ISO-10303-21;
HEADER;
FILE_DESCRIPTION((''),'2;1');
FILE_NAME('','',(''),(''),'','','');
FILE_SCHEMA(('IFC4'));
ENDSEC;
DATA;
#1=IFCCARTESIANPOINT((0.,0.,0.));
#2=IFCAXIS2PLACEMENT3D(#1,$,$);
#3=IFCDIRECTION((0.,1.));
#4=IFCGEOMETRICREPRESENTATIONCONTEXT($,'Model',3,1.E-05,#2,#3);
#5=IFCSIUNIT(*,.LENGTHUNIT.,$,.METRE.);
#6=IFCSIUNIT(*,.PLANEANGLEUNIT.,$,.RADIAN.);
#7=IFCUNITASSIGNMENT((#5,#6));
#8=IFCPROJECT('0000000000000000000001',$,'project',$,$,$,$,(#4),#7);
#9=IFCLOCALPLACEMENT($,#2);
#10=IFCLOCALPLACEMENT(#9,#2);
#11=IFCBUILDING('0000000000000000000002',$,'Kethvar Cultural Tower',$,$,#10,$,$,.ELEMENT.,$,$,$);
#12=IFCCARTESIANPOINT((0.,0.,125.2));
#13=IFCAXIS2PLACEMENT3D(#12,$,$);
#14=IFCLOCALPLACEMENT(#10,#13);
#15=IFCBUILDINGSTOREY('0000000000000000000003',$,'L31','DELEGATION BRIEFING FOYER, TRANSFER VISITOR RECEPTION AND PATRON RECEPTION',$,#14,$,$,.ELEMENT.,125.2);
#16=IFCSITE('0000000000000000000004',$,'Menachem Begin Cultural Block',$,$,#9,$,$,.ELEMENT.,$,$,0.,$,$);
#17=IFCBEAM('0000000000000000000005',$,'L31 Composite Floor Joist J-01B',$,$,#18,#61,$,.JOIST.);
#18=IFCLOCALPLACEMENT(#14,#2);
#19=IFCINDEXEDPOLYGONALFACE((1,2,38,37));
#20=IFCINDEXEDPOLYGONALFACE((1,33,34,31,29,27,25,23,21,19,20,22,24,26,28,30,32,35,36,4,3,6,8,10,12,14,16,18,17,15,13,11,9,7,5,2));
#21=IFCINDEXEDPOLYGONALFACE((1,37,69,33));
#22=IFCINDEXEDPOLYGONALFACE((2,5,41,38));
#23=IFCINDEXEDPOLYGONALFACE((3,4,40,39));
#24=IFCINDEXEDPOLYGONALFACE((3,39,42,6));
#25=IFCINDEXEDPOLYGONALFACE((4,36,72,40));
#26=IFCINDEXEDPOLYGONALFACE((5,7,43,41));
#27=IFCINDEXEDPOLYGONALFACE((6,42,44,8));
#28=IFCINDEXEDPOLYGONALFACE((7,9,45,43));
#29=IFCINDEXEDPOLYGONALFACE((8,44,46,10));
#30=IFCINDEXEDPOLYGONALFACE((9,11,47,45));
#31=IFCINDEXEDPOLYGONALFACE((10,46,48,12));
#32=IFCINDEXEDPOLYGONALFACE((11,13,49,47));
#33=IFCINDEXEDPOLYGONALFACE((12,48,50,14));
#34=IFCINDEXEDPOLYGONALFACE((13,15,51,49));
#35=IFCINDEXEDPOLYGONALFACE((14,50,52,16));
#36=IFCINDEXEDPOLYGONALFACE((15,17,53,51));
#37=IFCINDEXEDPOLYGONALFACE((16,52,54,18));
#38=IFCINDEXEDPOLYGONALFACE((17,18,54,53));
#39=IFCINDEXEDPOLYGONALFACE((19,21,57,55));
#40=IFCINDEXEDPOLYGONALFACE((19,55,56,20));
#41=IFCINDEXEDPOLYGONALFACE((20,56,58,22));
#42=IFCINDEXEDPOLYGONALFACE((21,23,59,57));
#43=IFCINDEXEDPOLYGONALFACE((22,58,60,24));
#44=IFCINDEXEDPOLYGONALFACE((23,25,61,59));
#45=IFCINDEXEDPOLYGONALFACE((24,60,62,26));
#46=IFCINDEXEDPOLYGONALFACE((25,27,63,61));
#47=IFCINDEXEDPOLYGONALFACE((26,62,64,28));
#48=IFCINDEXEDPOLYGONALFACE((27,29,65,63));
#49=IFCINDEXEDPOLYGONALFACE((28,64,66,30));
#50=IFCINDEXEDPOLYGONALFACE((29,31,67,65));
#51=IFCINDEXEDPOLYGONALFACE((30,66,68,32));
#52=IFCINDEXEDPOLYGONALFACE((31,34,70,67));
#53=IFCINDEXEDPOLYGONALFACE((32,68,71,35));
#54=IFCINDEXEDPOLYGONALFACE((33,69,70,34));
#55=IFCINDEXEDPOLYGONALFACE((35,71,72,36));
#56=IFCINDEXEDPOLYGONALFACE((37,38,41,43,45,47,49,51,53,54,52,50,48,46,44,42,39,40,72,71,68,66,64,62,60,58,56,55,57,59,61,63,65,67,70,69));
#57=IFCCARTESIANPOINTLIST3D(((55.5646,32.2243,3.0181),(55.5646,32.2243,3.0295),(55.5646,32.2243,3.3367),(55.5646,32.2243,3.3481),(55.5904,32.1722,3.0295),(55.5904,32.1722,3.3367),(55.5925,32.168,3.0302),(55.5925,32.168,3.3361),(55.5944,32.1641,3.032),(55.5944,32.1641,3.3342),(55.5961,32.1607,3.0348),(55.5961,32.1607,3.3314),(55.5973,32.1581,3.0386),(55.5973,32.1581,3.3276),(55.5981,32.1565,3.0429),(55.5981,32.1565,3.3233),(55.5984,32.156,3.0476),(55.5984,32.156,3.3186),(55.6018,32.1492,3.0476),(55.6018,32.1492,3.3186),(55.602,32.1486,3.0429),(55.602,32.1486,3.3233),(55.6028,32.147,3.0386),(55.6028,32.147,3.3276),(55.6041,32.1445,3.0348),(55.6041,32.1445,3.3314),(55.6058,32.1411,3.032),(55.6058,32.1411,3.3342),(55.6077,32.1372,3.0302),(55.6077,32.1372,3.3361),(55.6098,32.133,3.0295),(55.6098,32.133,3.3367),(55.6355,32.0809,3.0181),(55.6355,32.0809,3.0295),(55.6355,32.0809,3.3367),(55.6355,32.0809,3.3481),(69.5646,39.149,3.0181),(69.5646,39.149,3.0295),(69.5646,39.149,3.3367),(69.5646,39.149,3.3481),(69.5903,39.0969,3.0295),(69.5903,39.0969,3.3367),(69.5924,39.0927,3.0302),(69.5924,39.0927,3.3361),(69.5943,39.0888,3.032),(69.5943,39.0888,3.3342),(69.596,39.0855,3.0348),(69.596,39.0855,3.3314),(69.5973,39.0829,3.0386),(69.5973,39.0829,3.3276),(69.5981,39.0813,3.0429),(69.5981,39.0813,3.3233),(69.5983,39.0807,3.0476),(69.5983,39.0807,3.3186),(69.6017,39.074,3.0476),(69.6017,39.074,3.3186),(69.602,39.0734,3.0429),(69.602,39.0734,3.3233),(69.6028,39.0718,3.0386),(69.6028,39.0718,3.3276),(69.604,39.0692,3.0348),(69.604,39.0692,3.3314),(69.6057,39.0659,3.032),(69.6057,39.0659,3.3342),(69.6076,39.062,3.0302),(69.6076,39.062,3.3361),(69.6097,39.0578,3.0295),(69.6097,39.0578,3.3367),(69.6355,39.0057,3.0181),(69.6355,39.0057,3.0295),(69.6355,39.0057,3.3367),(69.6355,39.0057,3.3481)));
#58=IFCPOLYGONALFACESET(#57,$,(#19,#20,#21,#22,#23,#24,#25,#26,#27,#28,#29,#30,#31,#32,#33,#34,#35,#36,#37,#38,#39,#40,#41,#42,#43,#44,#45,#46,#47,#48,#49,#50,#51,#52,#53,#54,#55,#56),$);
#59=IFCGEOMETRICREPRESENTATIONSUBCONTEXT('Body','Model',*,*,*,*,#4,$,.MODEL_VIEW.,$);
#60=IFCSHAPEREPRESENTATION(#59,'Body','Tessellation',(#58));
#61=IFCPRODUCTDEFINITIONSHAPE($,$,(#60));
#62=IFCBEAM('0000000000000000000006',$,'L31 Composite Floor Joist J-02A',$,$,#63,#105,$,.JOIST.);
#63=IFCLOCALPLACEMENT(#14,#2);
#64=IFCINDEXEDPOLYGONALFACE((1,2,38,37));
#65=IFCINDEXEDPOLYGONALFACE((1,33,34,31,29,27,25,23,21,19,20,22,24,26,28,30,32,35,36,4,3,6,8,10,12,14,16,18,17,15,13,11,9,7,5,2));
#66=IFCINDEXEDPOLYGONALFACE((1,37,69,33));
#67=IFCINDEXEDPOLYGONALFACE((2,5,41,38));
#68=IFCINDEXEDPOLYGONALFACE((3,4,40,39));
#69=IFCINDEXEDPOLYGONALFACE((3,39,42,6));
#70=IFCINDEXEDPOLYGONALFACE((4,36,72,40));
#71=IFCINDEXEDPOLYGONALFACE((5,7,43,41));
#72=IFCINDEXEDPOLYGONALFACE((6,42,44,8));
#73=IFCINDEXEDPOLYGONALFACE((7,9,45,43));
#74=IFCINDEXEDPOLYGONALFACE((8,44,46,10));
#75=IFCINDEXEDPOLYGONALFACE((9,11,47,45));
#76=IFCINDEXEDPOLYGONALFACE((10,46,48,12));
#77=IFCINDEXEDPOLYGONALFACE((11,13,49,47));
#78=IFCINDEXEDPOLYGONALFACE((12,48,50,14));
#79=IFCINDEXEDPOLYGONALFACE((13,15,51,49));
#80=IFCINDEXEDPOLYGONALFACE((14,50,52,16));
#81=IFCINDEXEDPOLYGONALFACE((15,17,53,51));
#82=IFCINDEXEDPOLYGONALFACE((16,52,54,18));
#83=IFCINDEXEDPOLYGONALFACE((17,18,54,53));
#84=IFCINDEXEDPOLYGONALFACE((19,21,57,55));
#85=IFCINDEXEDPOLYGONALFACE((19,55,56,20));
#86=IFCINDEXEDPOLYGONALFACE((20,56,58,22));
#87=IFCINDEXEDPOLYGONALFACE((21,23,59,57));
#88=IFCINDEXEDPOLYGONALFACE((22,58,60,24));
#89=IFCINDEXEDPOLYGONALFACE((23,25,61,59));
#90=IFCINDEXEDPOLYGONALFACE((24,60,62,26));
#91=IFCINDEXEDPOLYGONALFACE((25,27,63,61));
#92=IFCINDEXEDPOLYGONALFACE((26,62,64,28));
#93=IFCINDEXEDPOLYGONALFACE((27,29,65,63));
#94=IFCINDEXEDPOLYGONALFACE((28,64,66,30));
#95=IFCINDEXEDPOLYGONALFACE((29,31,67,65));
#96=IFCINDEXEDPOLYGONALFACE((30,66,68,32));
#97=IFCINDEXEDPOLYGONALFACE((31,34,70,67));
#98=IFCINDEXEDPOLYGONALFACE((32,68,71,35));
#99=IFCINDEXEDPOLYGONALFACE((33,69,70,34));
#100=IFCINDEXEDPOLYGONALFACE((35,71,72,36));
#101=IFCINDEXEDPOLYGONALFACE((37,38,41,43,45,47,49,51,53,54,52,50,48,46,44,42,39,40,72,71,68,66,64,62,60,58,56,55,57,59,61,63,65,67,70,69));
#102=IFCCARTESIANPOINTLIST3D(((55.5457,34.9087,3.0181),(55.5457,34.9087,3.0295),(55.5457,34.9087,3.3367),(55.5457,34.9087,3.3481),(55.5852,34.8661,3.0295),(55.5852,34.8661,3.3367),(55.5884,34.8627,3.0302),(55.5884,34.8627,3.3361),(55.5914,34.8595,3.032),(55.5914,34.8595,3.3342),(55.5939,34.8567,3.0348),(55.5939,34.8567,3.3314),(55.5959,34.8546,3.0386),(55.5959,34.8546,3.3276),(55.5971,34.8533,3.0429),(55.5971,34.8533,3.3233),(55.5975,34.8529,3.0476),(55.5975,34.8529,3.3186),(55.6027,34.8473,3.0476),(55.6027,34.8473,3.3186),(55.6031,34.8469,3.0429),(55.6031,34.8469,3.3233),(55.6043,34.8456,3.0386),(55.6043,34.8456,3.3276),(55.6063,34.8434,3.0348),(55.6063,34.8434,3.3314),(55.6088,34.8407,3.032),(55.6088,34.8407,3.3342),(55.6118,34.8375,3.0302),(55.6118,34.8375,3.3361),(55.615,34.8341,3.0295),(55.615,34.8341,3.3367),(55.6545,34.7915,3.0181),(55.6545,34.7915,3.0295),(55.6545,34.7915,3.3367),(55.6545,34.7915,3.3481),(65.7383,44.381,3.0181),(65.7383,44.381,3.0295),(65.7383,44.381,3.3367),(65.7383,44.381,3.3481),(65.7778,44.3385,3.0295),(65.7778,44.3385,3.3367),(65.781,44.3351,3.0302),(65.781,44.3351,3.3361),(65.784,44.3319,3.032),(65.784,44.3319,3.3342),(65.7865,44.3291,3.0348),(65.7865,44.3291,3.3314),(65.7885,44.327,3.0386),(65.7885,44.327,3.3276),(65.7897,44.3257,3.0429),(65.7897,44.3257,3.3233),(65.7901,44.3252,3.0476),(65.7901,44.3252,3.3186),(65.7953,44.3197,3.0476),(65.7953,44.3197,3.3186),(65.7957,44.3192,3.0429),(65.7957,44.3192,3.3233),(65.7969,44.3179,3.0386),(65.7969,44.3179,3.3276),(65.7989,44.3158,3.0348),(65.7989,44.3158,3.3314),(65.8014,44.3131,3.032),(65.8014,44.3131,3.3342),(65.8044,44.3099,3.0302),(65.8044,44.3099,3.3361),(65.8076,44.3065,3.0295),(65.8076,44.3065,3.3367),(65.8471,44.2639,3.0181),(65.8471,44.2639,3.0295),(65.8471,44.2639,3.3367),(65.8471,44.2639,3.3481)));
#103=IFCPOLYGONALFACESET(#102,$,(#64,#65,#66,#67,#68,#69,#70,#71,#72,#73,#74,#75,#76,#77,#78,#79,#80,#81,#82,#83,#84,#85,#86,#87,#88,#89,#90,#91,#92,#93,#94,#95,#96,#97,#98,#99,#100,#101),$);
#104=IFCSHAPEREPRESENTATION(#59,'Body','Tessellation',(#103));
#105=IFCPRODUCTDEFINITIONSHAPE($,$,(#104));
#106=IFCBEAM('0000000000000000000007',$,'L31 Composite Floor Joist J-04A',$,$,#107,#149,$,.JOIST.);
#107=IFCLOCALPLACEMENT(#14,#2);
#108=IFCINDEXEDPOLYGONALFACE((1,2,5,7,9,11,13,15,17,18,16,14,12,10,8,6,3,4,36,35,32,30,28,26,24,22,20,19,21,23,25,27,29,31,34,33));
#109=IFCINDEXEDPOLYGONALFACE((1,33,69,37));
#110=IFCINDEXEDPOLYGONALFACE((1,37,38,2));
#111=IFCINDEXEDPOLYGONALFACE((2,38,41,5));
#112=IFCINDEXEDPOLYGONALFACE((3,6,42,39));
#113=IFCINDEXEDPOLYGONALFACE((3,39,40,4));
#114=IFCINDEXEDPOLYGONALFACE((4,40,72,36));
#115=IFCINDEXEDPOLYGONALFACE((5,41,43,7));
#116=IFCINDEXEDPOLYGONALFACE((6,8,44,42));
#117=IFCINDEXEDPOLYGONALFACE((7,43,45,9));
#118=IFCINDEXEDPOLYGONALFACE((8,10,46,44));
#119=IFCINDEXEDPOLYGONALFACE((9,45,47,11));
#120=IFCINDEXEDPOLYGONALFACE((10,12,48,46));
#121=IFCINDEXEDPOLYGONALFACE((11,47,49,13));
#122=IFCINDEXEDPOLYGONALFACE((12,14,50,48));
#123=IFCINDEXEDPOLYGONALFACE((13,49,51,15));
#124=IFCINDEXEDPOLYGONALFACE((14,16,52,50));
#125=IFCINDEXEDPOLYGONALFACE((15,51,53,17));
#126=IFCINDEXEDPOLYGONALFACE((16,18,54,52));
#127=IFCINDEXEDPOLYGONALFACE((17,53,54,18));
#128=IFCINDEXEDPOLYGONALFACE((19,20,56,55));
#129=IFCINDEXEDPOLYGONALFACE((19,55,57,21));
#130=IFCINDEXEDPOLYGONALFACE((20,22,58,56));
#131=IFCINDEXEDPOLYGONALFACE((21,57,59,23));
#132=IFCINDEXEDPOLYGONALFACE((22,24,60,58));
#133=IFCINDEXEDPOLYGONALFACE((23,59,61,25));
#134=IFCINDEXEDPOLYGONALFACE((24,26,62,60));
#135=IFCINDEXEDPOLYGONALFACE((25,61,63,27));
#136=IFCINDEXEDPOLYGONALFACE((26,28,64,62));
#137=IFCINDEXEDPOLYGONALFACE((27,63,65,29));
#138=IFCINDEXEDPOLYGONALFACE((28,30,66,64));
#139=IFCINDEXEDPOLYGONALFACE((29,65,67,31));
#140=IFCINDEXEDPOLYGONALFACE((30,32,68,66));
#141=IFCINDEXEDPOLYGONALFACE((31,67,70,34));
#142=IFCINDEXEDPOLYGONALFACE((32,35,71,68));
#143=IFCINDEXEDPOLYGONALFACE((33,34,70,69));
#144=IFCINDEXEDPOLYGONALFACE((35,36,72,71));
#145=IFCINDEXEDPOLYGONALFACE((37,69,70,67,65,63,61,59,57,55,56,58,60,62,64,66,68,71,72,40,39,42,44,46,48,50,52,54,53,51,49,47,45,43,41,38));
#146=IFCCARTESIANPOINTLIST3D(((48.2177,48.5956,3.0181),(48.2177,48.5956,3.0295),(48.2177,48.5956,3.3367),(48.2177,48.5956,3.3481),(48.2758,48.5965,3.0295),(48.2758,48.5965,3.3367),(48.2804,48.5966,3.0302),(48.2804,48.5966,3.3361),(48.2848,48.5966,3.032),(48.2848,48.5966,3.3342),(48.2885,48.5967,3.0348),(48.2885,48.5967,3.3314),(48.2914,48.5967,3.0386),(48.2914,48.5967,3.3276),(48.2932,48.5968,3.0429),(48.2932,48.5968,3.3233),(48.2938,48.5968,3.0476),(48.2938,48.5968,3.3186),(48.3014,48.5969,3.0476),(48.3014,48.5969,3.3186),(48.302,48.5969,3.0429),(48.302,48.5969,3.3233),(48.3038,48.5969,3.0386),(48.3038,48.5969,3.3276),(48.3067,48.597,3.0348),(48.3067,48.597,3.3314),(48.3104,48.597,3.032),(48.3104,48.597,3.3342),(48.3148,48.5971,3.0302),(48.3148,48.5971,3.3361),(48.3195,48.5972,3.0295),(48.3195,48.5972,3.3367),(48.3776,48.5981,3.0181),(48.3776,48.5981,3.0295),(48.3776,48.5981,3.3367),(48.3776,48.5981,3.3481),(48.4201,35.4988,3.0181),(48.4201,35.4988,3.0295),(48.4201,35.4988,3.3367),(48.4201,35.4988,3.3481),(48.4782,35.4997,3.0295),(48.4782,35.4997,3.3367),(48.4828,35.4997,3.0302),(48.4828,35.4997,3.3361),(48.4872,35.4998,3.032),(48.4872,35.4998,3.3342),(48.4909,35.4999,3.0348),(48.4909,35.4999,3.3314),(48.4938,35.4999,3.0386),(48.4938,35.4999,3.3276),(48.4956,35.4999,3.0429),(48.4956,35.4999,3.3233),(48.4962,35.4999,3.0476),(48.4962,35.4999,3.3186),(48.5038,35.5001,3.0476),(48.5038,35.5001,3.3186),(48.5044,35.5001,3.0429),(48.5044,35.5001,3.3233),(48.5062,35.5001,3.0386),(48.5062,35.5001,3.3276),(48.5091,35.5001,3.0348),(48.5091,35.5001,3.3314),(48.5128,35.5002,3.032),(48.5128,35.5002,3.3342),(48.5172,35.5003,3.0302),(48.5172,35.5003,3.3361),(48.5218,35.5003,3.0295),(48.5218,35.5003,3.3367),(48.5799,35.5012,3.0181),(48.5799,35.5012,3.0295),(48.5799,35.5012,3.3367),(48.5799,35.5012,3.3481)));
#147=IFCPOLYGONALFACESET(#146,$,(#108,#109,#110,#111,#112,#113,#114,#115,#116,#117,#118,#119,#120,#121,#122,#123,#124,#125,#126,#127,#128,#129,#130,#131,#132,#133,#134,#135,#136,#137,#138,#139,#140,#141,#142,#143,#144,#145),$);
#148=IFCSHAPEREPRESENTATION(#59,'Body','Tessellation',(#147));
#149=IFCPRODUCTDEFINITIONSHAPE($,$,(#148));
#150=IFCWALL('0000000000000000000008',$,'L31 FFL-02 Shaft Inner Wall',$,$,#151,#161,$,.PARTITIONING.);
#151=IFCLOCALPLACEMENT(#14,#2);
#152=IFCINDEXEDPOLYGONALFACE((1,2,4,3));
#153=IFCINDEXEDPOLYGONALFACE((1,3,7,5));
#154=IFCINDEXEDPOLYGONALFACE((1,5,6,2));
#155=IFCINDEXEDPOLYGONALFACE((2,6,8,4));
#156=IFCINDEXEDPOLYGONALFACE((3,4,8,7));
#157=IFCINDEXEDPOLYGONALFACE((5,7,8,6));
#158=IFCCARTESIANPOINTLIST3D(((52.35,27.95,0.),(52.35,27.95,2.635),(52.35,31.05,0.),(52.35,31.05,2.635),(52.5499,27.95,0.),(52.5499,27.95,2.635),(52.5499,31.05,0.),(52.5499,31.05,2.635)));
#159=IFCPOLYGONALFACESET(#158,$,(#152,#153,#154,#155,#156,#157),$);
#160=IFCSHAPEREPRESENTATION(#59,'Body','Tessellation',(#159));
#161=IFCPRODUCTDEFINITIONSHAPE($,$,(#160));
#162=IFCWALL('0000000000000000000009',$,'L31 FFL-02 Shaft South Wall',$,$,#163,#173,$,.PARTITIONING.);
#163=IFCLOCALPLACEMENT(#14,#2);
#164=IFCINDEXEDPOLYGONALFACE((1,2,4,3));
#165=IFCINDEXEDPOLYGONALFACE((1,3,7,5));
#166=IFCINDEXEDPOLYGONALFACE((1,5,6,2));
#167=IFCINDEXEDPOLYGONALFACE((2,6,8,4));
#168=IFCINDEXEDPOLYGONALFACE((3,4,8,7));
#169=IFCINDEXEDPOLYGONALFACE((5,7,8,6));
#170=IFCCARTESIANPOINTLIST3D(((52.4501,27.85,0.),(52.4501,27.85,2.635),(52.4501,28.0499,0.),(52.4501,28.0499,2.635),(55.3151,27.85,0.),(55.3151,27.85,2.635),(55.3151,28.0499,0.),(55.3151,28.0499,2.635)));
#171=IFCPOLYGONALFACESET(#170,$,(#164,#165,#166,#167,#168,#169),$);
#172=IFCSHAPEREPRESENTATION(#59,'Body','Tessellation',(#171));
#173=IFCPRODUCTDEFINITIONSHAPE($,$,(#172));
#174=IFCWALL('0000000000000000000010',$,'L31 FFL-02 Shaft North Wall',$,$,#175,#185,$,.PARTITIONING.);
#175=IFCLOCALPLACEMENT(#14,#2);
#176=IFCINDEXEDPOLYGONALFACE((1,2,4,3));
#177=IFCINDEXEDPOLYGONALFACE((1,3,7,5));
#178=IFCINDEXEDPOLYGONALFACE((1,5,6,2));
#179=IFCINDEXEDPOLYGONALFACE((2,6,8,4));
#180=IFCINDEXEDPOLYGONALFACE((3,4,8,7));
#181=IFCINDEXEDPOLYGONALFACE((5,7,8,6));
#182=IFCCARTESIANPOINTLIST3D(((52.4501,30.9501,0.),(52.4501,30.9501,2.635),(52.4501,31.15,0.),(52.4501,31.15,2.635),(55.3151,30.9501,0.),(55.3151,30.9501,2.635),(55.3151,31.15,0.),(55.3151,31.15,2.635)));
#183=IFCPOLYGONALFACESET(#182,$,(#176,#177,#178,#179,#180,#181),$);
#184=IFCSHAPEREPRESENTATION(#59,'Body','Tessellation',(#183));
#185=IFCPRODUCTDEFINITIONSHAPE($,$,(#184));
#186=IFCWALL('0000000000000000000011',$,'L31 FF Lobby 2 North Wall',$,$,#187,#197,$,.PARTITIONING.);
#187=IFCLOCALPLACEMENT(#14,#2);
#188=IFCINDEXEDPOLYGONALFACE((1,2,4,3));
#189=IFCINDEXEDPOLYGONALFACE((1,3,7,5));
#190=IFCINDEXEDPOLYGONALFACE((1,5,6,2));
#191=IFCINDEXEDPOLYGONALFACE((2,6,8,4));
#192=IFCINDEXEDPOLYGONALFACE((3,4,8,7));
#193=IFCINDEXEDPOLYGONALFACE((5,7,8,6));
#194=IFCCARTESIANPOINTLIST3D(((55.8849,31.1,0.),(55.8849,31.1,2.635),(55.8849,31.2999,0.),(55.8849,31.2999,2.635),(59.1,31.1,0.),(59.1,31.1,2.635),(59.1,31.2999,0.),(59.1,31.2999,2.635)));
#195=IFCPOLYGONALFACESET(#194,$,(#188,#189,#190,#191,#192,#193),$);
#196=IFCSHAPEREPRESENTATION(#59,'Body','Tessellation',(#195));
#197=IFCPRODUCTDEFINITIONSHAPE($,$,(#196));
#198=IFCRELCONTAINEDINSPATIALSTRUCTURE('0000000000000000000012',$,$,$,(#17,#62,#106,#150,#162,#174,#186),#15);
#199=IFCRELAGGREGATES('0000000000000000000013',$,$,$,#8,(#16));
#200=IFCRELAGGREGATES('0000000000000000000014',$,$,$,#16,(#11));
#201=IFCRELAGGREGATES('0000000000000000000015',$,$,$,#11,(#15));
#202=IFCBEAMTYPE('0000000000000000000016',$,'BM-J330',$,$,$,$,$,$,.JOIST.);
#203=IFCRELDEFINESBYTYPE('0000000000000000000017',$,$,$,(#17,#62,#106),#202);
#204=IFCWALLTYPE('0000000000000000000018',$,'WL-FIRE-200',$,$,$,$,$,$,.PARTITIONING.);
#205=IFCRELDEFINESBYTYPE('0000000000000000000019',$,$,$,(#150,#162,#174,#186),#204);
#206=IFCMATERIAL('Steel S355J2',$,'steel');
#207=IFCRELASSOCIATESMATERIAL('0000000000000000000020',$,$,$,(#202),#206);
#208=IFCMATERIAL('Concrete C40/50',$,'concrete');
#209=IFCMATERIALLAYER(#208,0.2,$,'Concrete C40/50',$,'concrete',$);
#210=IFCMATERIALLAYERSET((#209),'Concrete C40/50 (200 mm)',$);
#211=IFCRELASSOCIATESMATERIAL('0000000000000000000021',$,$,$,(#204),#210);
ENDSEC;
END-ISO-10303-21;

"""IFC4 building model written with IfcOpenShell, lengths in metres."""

from ifc_helpers import new_model, si_unit, direction, frame, frame_2d, origin, origin_2d, place, context, subcontext, project, spatial, rectangle, i_section, extrude, source, transform, mapped, material, layer, layer_set, material_profile, profile_set, type_object, element, save


model = new_model("IFC4")

# Units and contexts
model_context = context("Model", 3, precision=1e-05, world=origin(), true_north=direction((0.0, 1.0)))
body_context = subcontext(model_context, "Body", "Model", "MODEL_VIEW")
ifc_project = project(units=[si_unit("LENGTHUNIT", "METRE"), si_unit("PLANEANGLEUNIT", "RADIAN")], contexts=[model_context])

# Site, building, storey
site_placement = place(None, origin())
site = spatial("IfcSite", under=ifc_project, at=site_placement, Name="Menachem Begin Cultural Block", CompositionType="ELEMENT", RefElevation=0.0)
building_placement = place(site_placement, origin())
building = spatial("IfcBuilding", under=site, at=building_placement, Name="Kethvar Cultural Tower", CompositionType="ELEMENT")
storey_placement = place(building_placement, frame((0.0, 0.0, 125.2)))
storey = spatial("IfcBuildingStorey", under=building, at=storey_placement, Name="L31", Description="DELEGATION BRIEFING FOYER, TRANSFER VISITOR RECEPTION AND PATRON RECEPTION", CompositionType="ELEMENT", Elevation=125.2)

# Beams
ifc_material_1 = material(Name="Steel S355J2", Category="steel")
ifc_material_profile_1 = material_profile(ifc_material_1, i_section(OverallWidth=0.1599, OverallDepth=0.3301, WebThickness=0.0076, FlangeThickness=0.0115, FilletRadius=0.0181, at=origin_2d()), Name="Steel S355J2 — IPE330")
ifc_profile_set_1 = profile_set([ifc_material_profile_1], Name="Steel S355J2 — IPE330")
beam_type_1 = type_object("IfcBeamType", Name="BM-J330", PredefinedType="JOIST", material=ifc_profile_set_1)
shared_shape_1 = source(origin(), body_context, "Body", "SweptSolid", [
    extrude(i_section(OverallWidth=0.1599, OverallDepth=0.3301, WebThickness=0.0076, FlangeThickness=0.0115, FilletRadius=0.0181, at=origin_2d()), origin(), (0.0, 0.0, 1.0), 15.6189),
])
beam_1_placement = place(storey_placement, frame((55.6001, 32.1526, 3.1831), z_axis=(0.896345, 0.443358, 0.0), x_axis=(-0.443358, 0.896345, 0.0)))
element("IfcBeam", 1, at=beam_1_placement, inside=storey, type_object=beam_type_1, Name="L31 Composite Floor Joist J-01B", PredefinedType="JOIST", context=body_context, shape_type="MappedRepresentation", body=[
    mapped(shared_shape_1, transform((0.0, 0.0, 0.0), scale=1.0)),
])
shared_shape_2 = source(origin(), body_context, "Body", "SweptSolid", [
    extrude(i_section(OverallWidth=0.1599, OverallDepth=0.3301, WebThickness=0.0076, FlangeThickness=0.0115, FilletRadius=0.0181, at=origin_2d()), origin(), (0.0, 0.0, 1.0), 13.9146),
])
beam_2_placement = place(storey_placement, frame((55.6001, 34.8501, 3.1831), z_axis=(0.732513, 0.680753, 0.0), x_axis=(-0.680753, 0.732513, 0.0)))
element("IfcBeam", 2, at=beam_2_placement, inside=storey, type_object=beam_type_1, Name="L31 Composite Floor Joist J-02A", PredefinedType="JOIST", context=body_context, shape_type="MappedRepresentation", body=[
    mapped(shared_shape_2, transform((0.0, 0.0, 0.0), scale=1.0)),
])
shared_shape_3 = source(origin(), body_context, "Body", "SweptSolid", [
    extrude(i_section(OverallWidth=0.1599, OverallDepth=0.3301, WebThickness=0.0076, FlangeThickness=0.0115, FilletRadius=0.0181, at=origin_2d()), origin(), (0.0, 0.0, 1.0), 13.0984),
])
beam_3_placement = place(storey_placement, frame((48.5, 35.5, 3.1831), z_axis=(-0.015452, 0.999881, 0.0), x_axis=(-0.999881, -0.015452, 0.0)))
element("IfcBeam", 3, at=beam_3_placement, inside=storey, type_object=beam_type_1, Name="L31 Composite Floor Joist J-04A", PredefinedType="JOIST", context=body_context, shape_type="MappedRepresentation", body=[
    mapped(shared_shape_3, transform((0.0, 0.0, 0.0), scale=1.0)),
])

# Walls
ifc_material_2 = material(Name="Concrete C40/50", Category="concrete")
ifc_layer_1 = layer(ifc_material_2, 0.2, Name="Concrete C40/50", Category="concrete")
ifc_layer_set_1 = layer_set([ifc_layer_1], Name="Concrete C40/50 (200 mm)")
wall_type_1 = type_object("IfcWallType", Name="WL-FIRE-200", PredefinedType="PARTITIONING", material=ifc_layer_set_1)
wall_1_placement = place(storey_placement, frame((52.45, 27.95, 0.0), z_axis=(0.0, 0.0, 1.0), x_axis=(0.0, 1.0, 0.0)))
element("IfcWall", 4, at=wall_1_placement, inside=storey, type_object=wall_type_1, Name="L31 FFL-02 Shaft Inner Wall", PredefinedType="PARTITIONING", context=body_context, shape_type="SweptSolid", body=[
    extrude(rectangle(XDim=3.1001, YDim=0.2, at=frame_2d((1.55, 0.0))), origin(), (0.0, 0.0, 1.0), 2.635),
])
for number, where, z_axis, x_axis, name in (
    (5, (52.45, 27.95, 0.0), (0.0, 0.0, 1.0), (1.0, 0.0, 0.0), "L31 FFL-02 Shaft South Wall"),
    (6, (52.45, 31.05, 0.0), (0.0, 0.0, 1.0), (1.0, 0.0, 0.0), "L31 FFL-02 Shaft North Wall"),
):
    element("IfcWall", number, at=place(storey_placement, frame(where, z_axis=z_axis, x_axis=x_axis)), inside=storey, type_object=wall_type_1, Name=name, PredefinedType="PARTITIONING", context=body_context, shape_type="SweptSolid", body=[
        extrude(rectangle(XDim=2.865, YDim=0.2, at=frame_2d((1.4326, 0.0))), origin(), (0.0, 0.0, 1.0), 2.635),
    ])
wall_2_placement = place(storey_placement, frame((55.885, 31.2, 0.0), z_axis=(0.0, 0.0, 1.0), x_axis=(1.0, 0.0, 0.0)))
element("IfcWall", 7, at=wall_2_placement, inside=storey, type_object=wall_type_1, Name="L31 FF Lobby 2 North Wall", PredefinedType="PARTITIONING", context=body_context, shape_type="SweptSolid", body=[
    extrude(rectangle(XDim=3.2151, YDim=0.2, at=frame_2d((1.6074, 0.0))), origin(), (0.0, 0.0, 1.0), 2.635),
])

save(model, "model.ifc")
